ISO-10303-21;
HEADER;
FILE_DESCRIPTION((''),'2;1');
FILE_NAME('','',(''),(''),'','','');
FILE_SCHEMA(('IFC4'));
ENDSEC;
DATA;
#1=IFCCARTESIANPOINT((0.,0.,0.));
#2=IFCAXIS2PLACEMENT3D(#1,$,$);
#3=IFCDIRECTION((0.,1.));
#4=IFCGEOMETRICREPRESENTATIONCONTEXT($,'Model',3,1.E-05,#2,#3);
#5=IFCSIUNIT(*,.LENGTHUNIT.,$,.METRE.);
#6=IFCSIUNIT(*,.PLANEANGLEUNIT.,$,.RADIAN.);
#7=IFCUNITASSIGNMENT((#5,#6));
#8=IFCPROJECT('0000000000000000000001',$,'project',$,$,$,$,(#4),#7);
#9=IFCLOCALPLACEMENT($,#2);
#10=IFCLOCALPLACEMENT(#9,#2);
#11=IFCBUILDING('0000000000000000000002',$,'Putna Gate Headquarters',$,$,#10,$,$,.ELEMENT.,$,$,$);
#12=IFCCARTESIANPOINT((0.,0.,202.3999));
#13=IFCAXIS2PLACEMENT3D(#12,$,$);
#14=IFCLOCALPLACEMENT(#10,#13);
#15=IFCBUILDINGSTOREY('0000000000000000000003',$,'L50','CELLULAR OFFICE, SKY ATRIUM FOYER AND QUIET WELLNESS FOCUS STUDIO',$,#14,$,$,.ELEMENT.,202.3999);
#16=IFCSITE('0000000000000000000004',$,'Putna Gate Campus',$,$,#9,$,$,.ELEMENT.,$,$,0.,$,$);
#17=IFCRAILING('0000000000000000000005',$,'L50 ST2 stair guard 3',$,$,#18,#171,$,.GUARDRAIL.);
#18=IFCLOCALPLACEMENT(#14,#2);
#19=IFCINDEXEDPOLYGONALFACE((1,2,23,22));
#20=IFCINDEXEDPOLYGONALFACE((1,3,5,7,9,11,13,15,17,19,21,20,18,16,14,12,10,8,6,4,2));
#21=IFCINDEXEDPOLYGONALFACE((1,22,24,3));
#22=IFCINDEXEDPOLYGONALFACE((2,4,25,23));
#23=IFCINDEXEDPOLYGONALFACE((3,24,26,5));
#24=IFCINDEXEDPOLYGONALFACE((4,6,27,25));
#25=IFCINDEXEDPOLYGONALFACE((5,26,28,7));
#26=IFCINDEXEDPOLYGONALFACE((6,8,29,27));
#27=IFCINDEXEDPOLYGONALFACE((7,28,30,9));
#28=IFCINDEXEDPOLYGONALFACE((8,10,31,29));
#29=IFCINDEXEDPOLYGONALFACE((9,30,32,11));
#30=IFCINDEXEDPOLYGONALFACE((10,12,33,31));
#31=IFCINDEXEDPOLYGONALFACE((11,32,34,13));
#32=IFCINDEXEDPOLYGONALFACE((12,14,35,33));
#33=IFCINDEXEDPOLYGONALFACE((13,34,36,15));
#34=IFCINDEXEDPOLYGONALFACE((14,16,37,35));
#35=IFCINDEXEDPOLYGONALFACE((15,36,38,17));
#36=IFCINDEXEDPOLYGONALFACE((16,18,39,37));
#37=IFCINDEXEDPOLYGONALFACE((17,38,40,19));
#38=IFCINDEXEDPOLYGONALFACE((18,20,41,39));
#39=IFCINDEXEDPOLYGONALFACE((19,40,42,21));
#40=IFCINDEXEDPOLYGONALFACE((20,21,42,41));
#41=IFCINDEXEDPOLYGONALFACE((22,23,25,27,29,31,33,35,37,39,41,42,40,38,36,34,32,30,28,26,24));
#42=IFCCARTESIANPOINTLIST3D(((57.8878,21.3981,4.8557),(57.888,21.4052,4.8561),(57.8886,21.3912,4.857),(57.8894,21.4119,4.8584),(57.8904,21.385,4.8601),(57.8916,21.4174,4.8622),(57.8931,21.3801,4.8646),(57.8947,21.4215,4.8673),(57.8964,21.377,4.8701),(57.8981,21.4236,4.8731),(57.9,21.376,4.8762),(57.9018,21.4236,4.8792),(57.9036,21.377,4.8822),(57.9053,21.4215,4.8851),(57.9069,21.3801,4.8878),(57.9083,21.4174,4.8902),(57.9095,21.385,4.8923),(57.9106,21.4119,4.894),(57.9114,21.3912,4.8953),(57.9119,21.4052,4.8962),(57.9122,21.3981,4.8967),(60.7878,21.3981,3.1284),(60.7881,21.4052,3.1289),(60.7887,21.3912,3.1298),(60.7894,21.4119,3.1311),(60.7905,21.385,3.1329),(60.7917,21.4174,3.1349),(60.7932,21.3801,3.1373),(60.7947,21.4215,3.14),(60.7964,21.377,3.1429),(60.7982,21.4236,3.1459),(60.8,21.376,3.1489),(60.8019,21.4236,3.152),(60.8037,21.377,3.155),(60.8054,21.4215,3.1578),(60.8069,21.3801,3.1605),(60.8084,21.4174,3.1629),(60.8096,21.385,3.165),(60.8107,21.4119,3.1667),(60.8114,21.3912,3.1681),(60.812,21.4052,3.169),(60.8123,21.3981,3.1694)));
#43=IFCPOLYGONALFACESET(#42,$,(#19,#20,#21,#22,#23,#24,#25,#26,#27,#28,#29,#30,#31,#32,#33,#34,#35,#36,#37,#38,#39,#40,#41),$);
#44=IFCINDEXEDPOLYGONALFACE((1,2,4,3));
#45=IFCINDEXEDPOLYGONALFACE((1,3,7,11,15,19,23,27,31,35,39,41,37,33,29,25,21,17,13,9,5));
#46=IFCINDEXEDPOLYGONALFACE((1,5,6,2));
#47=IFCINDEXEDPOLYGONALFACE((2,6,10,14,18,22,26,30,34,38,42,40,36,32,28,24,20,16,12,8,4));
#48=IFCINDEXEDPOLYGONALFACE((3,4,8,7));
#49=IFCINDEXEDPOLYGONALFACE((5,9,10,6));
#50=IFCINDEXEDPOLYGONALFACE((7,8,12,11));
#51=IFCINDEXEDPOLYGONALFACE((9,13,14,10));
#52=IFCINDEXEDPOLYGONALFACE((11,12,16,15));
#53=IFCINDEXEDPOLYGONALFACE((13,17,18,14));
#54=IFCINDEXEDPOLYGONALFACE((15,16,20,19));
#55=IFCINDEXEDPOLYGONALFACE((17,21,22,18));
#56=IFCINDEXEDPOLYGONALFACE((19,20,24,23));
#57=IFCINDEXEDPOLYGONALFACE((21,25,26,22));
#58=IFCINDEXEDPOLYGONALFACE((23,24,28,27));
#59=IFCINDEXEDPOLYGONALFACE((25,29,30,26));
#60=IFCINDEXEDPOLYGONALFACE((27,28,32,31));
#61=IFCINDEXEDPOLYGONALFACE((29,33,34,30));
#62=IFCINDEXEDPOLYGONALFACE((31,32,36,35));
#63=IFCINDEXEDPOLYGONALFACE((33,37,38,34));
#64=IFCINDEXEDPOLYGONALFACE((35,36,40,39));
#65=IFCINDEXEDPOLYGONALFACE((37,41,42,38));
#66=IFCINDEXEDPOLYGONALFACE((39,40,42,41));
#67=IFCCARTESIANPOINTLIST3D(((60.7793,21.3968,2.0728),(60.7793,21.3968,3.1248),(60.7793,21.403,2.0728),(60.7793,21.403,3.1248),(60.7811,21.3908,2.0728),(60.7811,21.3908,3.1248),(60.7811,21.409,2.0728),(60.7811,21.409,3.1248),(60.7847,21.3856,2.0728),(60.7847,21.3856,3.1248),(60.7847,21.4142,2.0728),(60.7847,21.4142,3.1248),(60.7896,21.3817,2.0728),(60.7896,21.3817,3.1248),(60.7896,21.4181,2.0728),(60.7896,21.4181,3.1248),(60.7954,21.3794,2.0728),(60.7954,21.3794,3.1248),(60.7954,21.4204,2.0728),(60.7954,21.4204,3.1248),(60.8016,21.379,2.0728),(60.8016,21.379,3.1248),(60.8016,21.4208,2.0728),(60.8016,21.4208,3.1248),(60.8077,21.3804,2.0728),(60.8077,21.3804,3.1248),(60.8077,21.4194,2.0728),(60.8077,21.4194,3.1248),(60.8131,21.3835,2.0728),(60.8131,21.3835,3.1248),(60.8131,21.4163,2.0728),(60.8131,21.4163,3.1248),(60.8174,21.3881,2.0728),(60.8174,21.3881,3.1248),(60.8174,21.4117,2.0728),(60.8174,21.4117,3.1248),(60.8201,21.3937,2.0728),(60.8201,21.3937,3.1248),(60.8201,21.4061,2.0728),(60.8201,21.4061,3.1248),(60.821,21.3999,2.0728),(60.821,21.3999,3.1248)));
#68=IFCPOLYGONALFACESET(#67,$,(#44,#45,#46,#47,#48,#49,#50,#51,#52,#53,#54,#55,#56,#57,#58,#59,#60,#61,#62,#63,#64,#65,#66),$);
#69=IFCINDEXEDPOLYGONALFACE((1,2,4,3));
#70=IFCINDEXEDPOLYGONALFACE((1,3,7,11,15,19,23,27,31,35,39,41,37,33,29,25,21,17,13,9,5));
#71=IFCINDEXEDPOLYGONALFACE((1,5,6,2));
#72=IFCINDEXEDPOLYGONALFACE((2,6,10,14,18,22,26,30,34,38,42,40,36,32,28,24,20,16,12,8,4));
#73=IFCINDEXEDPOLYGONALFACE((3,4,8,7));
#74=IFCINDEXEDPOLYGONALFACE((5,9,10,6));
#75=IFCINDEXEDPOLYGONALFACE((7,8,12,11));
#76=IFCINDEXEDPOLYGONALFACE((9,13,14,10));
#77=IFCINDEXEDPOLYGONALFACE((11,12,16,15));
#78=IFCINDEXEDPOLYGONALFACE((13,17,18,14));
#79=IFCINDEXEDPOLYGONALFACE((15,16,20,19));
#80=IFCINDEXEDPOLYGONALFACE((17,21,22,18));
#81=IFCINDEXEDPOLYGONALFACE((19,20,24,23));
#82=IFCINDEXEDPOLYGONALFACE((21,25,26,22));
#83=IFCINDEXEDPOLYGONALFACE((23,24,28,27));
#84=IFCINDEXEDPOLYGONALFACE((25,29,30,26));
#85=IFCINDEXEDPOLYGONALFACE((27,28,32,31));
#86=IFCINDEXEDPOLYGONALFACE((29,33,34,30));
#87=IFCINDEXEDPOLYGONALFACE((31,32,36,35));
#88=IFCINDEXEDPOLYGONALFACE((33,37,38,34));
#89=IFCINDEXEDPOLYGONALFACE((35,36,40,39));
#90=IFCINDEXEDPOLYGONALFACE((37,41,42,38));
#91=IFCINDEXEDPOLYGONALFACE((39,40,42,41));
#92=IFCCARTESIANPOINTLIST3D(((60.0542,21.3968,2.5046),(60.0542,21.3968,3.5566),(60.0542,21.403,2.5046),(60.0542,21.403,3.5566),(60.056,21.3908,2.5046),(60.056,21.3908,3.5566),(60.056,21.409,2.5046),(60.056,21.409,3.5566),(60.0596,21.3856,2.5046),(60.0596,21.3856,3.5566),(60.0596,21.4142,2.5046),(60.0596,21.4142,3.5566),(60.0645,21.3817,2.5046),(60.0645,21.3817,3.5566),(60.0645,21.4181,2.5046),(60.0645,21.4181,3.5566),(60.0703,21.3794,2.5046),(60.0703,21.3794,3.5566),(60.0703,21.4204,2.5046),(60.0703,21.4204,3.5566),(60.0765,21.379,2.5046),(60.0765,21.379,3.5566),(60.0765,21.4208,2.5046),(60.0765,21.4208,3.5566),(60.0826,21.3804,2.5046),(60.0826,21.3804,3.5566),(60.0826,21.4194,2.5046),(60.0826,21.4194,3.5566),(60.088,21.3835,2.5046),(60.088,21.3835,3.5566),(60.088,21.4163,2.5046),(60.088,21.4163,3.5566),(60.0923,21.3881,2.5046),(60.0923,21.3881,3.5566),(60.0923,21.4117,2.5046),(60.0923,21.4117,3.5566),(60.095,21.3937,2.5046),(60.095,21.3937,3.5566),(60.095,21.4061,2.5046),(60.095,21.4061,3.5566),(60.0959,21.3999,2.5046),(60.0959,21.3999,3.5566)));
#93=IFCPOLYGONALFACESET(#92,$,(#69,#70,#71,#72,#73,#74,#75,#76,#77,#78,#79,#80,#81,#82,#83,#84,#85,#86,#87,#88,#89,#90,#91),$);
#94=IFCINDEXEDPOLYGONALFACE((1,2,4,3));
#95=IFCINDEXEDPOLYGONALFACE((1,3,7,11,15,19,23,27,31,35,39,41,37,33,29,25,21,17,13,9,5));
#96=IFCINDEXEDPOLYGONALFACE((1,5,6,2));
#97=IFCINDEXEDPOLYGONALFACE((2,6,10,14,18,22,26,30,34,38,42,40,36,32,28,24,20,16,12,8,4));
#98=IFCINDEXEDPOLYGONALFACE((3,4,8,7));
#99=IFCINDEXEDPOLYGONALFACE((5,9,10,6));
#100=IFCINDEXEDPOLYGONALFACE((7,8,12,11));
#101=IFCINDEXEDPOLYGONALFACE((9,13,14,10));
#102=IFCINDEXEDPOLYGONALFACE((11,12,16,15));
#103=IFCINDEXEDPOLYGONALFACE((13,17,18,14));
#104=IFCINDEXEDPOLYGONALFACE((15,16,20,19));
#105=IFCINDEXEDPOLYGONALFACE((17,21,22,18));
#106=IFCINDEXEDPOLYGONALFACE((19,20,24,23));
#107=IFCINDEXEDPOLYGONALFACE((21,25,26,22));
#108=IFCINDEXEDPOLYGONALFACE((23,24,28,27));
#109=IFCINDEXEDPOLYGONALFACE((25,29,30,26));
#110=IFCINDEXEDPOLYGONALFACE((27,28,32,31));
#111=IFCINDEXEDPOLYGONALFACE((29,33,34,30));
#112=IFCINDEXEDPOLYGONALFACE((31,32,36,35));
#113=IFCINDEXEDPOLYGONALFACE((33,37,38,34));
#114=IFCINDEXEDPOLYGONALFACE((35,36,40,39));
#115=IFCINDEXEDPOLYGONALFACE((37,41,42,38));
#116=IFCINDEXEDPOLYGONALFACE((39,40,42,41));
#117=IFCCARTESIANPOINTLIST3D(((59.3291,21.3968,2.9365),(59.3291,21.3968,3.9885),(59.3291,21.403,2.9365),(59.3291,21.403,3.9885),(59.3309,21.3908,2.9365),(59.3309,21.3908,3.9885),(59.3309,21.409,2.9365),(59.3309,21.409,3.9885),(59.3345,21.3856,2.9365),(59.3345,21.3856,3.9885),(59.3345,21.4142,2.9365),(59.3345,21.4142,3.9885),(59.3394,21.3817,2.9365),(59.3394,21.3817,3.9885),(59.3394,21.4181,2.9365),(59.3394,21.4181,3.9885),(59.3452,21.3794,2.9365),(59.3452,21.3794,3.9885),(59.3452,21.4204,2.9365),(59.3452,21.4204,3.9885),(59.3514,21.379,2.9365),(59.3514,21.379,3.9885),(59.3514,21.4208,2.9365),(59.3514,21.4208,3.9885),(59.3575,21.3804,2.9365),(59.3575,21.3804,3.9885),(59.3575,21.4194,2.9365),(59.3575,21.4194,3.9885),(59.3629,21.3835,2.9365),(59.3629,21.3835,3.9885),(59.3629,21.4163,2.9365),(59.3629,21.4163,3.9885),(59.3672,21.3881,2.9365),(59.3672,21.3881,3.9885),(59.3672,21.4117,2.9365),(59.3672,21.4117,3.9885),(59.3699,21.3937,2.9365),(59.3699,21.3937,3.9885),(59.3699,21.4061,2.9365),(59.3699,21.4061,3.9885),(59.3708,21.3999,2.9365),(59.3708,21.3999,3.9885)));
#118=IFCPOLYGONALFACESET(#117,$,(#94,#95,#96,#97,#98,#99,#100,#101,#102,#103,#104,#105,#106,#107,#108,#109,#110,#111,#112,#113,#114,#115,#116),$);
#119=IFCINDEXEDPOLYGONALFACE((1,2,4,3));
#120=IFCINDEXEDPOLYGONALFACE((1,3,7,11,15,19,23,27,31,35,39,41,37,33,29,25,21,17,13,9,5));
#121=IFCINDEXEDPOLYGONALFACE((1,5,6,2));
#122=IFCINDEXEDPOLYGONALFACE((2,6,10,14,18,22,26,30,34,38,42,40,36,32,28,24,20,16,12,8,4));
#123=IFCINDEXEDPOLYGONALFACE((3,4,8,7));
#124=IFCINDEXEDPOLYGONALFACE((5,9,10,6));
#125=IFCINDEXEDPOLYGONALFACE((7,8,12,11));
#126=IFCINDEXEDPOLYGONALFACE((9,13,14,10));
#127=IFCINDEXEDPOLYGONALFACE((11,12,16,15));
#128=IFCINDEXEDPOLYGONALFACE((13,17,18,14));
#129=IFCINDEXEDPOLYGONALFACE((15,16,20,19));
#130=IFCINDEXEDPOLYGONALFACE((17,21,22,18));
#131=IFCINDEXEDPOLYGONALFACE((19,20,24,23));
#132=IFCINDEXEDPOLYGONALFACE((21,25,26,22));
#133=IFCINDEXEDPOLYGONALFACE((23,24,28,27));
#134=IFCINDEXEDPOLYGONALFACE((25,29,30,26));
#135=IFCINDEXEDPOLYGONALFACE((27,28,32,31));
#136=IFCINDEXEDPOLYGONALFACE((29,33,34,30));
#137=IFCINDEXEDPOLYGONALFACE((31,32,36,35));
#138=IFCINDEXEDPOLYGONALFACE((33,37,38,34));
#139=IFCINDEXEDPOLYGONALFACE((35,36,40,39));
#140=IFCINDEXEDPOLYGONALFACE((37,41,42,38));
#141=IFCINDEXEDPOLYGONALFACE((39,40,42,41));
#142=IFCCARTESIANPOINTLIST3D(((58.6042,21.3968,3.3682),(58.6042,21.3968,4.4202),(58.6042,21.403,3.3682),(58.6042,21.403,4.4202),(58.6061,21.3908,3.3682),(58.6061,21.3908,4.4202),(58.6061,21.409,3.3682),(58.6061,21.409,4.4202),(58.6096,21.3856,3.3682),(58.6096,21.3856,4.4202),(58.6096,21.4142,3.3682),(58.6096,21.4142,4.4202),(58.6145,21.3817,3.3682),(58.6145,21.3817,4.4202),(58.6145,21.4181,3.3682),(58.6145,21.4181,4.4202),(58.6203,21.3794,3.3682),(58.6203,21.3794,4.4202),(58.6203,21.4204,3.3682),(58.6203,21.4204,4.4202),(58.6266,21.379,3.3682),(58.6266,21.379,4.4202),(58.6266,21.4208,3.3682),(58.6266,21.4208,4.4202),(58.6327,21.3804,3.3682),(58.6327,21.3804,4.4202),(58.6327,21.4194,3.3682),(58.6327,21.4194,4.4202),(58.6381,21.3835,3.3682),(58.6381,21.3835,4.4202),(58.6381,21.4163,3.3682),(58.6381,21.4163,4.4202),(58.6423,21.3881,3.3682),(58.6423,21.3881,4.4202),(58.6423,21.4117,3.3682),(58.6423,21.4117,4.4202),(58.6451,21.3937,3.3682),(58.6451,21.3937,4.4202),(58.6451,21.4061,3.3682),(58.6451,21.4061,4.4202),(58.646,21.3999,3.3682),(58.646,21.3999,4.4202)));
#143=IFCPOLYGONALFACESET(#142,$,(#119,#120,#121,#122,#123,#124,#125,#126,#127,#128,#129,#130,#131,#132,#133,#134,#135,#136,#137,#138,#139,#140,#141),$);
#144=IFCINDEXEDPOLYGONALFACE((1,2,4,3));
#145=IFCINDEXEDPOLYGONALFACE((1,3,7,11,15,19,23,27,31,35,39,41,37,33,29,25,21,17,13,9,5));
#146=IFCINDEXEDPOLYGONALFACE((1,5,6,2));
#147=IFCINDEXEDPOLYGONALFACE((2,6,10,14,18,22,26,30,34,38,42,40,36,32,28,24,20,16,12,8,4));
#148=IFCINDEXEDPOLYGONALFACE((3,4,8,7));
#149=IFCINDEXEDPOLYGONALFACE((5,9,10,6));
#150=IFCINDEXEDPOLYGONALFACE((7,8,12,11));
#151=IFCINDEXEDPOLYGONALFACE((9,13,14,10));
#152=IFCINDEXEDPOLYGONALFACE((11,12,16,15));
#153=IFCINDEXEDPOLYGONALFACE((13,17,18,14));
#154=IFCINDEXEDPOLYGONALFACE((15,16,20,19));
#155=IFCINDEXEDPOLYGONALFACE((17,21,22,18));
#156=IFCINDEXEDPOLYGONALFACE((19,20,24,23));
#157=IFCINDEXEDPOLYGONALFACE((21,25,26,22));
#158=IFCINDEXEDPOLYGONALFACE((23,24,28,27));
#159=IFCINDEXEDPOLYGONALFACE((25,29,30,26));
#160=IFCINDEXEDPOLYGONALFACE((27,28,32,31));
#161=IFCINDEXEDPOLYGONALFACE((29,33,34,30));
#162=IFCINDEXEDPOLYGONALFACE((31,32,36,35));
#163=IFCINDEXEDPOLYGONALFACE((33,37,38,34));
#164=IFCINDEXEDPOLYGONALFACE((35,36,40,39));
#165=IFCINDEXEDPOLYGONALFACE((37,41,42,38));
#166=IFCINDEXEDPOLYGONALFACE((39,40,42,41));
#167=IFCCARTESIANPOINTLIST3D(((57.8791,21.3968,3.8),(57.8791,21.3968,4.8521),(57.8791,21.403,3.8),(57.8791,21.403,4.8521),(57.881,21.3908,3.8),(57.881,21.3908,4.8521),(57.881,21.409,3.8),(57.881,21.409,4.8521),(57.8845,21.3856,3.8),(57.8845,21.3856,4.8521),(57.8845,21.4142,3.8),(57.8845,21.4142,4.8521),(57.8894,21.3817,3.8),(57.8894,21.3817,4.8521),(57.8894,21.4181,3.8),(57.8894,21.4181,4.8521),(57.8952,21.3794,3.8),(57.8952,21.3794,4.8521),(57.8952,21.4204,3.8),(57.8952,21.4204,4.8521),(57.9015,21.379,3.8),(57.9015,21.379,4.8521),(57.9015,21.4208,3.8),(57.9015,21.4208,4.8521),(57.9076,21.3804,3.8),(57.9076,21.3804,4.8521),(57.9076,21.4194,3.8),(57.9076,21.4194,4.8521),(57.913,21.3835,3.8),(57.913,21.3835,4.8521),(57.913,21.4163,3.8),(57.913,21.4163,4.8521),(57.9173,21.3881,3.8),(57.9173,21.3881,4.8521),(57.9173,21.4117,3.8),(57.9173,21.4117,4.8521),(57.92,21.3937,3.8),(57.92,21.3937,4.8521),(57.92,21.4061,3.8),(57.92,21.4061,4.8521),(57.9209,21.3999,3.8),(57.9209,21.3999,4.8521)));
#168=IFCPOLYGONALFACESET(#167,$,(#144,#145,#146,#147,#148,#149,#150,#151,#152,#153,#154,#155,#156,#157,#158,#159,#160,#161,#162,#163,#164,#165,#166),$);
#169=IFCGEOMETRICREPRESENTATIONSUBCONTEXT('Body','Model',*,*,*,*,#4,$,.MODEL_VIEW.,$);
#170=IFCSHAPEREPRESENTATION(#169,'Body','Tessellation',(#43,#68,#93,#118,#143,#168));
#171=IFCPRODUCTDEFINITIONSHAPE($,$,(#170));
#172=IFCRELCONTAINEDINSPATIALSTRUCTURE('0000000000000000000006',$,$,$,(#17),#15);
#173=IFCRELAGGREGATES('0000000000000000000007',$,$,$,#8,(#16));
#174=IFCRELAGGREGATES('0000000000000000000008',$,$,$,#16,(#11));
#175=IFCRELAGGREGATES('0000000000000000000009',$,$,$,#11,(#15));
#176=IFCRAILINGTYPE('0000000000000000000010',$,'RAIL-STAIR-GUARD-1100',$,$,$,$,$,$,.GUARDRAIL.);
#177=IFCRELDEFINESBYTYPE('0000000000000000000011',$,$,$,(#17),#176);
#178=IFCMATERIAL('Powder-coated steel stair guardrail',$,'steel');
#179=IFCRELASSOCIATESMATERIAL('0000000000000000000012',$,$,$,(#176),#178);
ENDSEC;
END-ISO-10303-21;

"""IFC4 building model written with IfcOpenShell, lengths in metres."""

from ifc_helpers import new_model, si_unit, direction, frame, origin, origin_2d, place, context, subcontext, project, spatial, circle, extrude, material, type_object, element, save


model = new_model("IFC4")

# Units and contexts
model_context = context("Model", 3, precision=1e-05, world=origin(), true_north=direction((0.0, 1.0)))
body_context = subcontext(model_context, "Body", "Model", "MODEL_VIEW")
ifc_project = project(units=[si_unit("LENGTHUNIT", "METRE"), si_unit("PLANEANGLEUNIT", "RADIAN")], contexts=[model_context])

# Site, building, storey
site_placement = place(None, origin())
site = spatial("IfcSite", under=ifc_project, at=site_placement, Name="Putna Gate Campus", CompositionType="ELEMENT", RefElevation=0.0)
building_placement = place(site_placement, origin())
building = spatial("IfcBuilding", under=site, at=building_placement, Name="Putna Gate Headquarters", CompositionType="ELEMENT")
storey_placement = place(building_placement, frame((0.0, 0.0, 202.3999)))
storey = spatial("IfcBuildingStorey", under=building, at=storey_placement, Name="L50", Description="CELLULAR OFFICE, SKY ATRIUM FOYER AND QUIET WELLNESS FOCUS STUDIO", CompositionType="ELEMENT", Elevation=202.3999)

# Railing
ifc_material_1 = material(Name="Powder-coated steel stair guardrail", Category="steel")
railing_type_1 = type_object("IfcRailingType", Name="RAIL-STAIR-GUARD-1100", PredefinedType="GUARDRAIL", material=ifc_material_1)
railing_1_placement = place(storey_placement, frame((60.8, 21.3999, 2.0728)))
element("IfcRailing", 1, at=railing_1_placement, inside=storey, type_object=railing_type_1, Name="L50 ST2 stair guard 3", PredefinedType="GUARDRAIL", context=body_context, shape_type="SweptSolid", body=[
    extrude(circle(Radius=0.0239, at=origin_2d()), frame((0.0, 0.0, 1.0762), z_axis=(-0.85916, 0.0, 0.511706), x_axis=(0.0, -1.0, 0.0)), (0.0, 0.0, 1.0), 3.3755),
    extrude(circle(Radius=0.021, at=origin_2d()), origin(), (0.0, 0.0, 1.0), 1.052),
    extrude(circle(Radius=0.021, at=origin_2d()), frame((-0.7251, 0.0, 0.4319)), (0.0, 0.0, 1.0), 1.052),
    extrude(circle(Radius=0.021, at=origin_2d()), frame((-1.4502, 0.0, 0.8638)), (0.0, 0.0, 1.0), 1.052),
    extrude(circle(Radius=0.021, at=origin_2d()), frame((-2.175, 0.0, 1.2954)), (0.0, 0.0, 1.0), 1.052),
    extrude(circle(Radius=0.021, at=origin_2d()), frame((-2.9001, 0.0, 1.7273)), (0.0, 0.0, 1.0), 1.052),
])

save(model, "model.ifc")
